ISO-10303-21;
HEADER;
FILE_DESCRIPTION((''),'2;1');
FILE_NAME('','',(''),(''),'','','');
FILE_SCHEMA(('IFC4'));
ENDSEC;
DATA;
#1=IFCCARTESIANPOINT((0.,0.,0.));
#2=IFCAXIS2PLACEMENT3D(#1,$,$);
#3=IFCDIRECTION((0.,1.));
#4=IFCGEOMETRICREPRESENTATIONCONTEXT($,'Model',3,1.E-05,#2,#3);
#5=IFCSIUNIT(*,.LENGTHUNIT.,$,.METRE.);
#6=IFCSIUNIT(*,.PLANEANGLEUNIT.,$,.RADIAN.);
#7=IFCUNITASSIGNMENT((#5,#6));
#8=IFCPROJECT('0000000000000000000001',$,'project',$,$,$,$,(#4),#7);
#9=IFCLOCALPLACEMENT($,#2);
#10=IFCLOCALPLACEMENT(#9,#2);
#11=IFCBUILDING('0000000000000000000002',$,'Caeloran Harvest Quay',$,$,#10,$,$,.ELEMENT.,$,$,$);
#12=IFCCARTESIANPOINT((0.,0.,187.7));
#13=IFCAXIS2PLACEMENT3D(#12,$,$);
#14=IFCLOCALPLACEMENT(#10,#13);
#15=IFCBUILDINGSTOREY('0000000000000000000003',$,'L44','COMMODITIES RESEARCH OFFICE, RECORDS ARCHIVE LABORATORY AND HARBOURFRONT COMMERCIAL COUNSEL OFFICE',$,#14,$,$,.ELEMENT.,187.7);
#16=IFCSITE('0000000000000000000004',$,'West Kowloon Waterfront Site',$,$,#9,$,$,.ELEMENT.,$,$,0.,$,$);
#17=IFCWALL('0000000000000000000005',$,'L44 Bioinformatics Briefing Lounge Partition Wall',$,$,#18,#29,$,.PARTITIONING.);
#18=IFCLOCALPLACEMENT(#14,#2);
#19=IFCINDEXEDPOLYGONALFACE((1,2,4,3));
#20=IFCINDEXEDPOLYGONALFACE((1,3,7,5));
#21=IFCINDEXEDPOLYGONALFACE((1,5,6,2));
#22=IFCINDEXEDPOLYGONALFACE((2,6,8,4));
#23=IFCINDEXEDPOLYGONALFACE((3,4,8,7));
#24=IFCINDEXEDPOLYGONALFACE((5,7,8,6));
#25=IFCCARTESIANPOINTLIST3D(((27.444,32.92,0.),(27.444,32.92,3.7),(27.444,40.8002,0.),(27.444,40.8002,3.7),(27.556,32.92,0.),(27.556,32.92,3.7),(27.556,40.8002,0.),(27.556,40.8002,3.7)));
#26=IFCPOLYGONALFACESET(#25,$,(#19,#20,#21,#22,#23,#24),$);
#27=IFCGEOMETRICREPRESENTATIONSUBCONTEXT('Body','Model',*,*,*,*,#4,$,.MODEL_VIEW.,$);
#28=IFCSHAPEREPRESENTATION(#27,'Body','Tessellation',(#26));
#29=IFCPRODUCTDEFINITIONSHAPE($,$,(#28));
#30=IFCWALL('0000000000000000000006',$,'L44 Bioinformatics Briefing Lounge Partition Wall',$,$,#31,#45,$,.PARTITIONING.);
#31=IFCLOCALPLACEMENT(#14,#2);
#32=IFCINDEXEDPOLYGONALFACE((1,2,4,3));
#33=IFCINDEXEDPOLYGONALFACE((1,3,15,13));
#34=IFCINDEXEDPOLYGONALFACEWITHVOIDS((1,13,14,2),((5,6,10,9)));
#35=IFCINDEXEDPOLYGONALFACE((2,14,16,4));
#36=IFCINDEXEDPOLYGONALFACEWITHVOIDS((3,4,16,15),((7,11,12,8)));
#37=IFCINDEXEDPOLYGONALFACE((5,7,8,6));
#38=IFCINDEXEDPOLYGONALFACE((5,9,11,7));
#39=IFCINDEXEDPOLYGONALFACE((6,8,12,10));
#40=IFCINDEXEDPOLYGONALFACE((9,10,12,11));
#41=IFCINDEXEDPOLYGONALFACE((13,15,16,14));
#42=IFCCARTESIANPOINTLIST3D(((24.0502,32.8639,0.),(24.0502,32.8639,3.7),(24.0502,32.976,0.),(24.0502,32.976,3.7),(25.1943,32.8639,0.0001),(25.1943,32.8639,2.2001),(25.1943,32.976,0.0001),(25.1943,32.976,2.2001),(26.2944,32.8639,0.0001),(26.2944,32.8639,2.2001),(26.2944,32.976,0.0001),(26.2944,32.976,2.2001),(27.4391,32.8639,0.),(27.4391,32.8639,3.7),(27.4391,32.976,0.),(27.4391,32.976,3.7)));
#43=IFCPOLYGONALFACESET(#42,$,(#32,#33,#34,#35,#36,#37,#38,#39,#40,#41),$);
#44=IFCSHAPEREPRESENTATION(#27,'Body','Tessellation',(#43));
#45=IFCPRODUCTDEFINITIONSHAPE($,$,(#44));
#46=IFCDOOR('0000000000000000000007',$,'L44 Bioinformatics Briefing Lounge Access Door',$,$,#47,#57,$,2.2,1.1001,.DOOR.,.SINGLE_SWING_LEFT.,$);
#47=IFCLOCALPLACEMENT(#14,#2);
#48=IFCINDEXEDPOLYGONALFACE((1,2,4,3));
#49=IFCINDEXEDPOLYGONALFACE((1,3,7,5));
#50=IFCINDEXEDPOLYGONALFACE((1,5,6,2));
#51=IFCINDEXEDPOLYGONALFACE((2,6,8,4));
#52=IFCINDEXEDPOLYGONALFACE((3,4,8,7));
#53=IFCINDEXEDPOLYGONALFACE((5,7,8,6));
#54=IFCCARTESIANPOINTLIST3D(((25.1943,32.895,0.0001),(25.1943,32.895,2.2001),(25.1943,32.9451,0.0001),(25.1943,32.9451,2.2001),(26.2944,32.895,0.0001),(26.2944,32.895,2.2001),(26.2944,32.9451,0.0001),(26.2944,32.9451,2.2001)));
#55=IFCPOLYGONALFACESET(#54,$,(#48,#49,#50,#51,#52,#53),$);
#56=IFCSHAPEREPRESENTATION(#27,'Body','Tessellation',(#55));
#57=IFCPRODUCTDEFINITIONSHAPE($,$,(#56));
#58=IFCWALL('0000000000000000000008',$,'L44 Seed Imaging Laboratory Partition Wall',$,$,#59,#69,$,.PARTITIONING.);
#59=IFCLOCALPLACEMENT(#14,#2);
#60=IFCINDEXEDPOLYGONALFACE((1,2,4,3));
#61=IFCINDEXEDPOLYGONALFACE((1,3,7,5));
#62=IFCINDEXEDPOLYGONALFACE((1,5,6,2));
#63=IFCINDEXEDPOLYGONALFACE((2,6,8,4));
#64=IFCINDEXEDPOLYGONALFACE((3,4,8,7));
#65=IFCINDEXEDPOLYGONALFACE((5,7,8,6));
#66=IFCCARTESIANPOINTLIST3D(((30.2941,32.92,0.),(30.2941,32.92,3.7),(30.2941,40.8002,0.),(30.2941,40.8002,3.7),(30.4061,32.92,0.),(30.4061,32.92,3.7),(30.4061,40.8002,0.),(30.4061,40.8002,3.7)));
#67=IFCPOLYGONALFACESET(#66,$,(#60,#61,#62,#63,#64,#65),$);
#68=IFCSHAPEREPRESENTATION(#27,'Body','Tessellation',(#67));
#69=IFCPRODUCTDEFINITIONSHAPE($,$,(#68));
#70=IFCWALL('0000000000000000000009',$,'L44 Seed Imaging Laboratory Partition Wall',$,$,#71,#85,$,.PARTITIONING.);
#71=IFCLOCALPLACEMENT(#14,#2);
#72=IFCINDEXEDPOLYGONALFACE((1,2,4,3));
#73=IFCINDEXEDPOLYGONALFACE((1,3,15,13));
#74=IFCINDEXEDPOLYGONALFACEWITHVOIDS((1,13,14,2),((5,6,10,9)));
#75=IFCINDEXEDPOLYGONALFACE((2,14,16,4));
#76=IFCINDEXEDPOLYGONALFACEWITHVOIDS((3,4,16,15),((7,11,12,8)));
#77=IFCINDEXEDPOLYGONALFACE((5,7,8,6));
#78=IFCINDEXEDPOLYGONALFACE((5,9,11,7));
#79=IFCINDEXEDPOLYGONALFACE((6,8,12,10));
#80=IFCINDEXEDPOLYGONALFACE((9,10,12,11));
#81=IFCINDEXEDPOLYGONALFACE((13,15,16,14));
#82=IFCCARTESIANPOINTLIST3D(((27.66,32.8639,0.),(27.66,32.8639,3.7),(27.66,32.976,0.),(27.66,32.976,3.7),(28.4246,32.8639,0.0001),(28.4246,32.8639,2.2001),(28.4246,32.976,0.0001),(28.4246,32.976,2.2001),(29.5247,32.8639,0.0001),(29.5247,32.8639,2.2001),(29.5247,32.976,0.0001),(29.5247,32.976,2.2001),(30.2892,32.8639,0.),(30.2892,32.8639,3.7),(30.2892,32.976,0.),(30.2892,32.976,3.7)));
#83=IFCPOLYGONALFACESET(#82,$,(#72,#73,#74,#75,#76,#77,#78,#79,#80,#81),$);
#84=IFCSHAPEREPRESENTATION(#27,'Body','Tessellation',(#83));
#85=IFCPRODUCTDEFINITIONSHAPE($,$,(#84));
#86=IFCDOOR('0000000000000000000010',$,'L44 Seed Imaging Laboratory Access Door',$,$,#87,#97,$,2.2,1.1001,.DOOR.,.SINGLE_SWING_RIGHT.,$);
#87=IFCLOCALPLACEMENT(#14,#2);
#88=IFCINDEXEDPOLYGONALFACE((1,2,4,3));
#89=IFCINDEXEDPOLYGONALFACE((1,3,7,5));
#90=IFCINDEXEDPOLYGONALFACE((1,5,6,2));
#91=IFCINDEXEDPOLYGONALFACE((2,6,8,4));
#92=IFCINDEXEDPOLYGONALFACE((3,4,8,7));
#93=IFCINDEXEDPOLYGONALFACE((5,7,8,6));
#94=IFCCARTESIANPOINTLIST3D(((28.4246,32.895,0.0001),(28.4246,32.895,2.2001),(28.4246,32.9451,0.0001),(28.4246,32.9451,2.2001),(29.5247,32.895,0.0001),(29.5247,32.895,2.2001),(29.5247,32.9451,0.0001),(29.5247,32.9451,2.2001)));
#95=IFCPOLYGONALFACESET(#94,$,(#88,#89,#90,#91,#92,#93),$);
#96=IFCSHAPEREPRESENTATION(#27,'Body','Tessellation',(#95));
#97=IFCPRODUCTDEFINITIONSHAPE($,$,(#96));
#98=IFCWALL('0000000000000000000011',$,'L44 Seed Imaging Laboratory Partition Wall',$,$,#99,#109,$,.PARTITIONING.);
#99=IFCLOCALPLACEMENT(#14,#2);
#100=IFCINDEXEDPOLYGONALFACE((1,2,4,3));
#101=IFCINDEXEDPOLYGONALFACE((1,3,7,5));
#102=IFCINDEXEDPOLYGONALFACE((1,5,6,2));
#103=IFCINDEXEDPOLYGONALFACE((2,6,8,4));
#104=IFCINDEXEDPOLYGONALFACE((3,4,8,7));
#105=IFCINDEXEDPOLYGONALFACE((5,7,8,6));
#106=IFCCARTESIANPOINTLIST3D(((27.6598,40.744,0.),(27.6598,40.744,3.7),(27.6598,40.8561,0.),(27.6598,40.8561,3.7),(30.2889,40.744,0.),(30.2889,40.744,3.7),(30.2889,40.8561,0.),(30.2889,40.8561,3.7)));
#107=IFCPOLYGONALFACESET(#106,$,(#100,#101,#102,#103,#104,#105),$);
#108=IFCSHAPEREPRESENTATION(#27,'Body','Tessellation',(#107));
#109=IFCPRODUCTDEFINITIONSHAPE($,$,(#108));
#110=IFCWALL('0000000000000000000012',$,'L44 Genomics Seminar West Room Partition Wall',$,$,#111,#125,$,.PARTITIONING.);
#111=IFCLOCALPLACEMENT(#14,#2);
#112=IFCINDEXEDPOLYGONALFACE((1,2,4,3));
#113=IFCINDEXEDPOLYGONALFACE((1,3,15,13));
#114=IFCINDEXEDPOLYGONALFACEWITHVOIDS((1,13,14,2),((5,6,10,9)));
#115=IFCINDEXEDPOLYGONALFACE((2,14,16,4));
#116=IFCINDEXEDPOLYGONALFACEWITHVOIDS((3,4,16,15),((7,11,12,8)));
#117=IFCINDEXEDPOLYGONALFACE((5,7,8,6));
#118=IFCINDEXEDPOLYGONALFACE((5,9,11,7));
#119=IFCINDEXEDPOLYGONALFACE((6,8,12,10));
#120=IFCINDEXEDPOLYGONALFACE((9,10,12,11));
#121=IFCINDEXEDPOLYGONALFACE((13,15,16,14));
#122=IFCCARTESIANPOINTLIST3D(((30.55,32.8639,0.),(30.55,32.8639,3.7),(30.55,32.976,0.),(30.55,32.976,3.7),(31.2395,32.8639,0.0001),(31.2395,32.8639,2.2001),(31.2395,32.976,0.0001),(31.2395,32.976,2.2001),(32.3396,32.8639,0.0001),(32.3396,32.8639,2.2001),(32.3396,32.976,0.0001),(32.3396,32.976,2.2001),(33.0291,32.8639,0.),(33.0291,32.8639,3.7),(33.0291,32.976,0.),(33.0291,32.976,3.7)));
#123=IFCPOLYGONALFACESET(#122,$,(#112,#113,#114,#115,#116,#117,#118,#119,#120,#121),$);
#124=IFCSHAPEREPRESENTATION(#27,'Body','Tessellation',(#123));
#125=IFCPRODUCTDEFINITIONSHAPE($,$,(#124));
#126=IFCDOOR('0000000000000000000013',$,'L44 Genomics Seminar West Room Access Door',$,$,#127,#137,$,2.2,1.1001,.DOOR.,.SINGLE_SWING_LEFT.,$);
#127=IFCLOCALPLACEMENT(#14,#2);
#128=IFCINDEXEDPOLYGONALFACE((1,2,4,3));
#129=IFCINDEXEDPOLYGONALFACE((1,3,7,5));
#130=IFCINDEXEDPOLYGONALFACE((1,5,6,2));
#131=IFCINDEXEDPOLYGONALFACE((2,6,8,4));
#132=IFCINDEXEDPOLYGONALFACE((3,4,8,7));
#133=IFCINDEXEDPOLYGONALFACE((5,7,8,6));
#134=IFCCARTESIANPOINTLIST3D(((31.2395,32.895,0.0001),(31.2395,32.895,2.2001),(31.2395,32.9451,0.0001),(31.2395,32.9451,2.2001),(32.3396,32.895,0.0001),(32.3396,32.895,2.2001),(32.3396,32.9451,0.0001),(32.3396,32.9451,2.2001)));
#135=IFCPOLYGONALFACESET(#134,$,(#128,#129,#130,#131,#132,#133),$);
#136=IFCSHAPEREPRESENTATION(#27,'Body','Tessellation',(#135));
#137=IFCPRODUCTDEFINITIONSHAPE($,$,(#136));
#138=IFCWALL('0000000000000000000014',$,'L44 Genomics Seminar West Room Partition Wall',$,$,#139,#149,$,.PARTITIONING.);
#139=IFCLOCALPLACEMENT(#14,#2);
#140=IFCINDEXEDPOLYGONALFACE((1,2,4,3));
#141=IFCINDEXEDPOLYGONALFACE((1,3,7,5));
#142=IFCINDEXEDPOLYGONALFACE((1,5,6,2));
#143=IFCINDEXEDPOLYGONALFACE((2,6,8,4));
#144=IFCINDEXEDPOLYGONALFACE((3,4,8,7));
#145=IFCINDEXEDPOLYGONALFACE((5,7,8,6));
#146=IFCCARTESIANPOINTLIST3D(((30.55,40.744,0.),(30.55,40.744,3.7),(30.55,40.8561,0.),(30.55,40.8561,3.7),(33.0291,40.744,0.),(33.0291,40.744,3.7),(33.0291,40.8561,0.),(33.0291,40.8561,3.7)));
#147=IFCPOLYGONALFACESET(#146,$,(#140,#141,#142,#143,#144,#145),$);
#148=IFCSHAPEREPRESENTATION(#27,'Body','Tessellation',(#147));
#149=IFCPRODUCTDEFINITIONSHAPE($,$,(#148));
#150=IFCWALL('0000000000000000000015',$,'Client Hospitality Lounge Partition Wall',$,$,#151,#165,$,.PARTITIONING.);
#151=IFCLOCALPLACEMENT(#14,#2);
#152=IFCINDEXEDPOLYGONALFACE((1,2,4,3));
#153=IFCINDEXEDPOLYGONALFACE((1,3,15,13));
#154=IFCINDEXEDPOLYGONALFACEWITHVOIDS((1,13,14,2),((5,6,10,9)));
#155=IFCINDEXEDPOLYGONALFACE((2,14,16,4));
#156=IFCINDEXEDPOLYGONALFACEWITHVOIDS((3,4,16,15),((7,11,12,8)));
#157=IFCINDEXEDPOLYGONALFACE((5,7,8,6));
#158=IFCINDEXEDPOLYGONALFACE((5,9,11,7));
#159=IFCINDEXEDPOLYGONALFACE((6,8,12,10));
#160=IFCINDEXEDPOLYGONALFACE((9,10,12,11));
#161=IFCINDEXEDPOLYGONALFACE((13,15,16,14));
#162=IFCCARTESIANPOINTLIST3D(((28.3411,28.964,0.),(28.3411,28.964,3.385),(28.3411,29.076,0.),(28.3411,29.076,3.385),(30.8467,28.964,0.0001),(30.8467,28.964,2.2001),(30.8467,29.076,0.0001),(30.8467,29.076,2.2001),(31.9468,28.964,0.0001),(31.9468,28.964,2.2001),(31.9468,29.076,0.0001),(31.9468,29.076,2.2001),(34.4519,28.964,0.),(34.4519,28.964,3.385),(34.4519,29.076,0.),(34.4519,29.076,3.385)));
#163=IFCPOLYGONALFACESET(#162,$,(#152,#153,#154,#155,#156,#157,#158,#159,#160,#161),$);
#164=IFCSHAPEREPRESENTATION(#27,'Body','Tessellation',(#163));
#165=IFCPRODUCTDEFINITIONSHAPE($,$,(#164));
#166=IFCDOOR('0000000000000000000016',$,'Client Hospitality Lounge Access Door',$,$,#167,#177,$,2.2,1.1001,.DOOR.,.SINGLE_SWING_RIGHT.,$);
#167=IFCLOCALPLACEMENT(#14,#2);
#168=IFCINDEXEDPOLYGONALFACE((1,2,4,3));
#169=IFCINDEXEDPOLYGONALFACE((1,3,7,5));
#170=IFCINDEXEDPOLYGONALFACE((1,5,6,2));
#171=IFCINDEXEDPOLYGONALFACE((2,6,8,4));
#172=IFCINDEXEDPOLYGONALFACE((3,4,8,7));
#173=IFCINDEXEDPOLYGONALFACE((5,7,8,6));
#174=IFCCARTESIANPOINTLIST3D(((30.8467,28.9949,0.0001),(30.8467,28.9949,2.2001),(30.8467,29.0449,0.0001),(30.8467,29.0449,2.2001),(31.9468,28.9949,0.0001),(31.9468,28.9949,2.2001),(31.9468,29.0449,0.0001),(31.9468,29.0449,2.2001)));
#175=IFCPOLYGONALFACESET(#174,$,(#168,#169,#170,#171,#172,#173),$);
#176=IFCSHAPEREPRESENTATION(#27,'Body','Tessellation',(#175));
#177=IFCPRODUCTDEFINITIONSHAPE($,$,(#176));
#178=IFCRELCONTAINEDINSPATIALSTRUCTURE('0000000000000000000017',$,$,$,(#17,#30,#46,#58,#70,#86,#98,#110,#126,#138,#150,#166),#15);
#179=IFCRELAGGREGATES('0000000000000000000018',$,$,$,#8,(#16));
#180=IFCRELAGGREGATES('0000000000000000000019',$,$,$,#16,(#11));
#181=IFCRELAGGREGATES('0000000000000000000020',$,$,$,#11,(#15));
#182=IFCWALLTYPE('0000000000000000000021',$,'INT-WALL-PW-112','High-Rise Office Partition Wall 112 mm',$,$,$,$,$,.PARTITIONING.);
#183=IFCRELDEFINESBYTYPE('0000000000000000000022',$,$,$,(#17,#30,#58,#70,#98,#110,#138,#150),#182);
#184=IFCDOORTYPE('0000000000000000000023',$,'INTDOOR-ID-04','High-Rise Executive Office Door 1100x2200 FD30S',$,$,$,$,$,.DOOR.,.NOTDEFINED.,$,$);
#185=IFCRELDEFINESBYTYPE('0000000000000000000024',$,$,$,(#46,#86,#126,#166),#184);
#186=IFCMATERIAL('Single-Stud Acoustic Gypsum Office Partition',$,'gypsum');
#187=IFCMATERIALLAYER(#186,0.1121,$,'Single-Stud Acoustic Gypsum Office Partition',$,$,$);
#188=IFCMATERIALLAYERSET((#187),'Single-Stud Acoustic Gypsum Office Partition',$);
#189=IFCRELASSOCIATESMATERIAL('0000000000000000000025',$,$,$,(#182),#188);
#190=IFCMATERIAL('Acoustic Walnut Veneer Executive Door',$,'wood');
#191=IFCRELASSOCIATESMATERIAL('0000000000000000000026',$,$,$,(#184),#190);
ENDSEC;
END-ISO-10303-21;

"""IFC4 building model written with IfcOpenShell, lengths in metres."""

from ifc_helpers import new_model, si_unit, direction, frame, frame_2d, origin, place, context, subcontext, project, spatial, rectangle, extrude, material, layer, layer_set, type_object, element, fill, save


model = new_model("IFC4")

# Units and contexts
model_context = context("Model", 3, precision=1e-05, world=origin(), true_north=direction((0.0, 1.0)))
body_context = subcontext(model_context, "Body", "Model", "MODEL_VIEW")
ifc_project = project(units=[si_unit("LENGTHUNIT", "METRE"), si_unit("PLANEANGLEUNIT", "RADIAN")], contexts=[model_context])

# Site, building, storey
site_placement = place(None, origin())
site = spatial("IfcSite", under=ifc_project, at=site_placement, Name="West Kowloon Waterfront Site", CompositionType="ELEMENT", RefElevation=0.0)
building_placement = place(site_placement, origin())
building = spatial("IfcBuilding", under=site, at=building_placement, Name="Caeloran Harvest Quay", CompositionType="ELEMENT")
storey_placement = place(building_placement, frame((0.0, 0.0, 187.7)))
storey = spatial("IfcBuildingStorey", under=building, at=storey_placement, Name="L44", Description="COMMODITIES RESEARCH OFFICE, RECORDS ARCHIVE LABORATORY AND HARBOURFRONT COMMERCIAL COUNSEL OFFICE", CompositionType="ELEMENT", Elevation=187.7)

# Wall
ifc_material_1 = material(Name="Single-Stud Acoustic Gypsum Office Partition", Category="gypsum")
ifc_layer = layer(ifc_material_1, 0.1121, Name="Single-Stud Acoustic Gypsum Office Partition")
ifc_layer_set = layer_set([ifc_layer], Name="Single-Stud Acoustic Gypsum Office Partition")
wall_type = type_object("IfcWallType", Name="INT-WALL-PW-112", Description="High-Rise Office Partition Wall 112 mm", PredefinedType="PARTITIONING", material=ifc_layer_set)
wall_1_placement = place(storey_placement, frame((27.5, 40.8, 0.0), z_axis=(0.0, 0.0, 1.0), x_axis=(0.0, -1.0, 0.0)))
element("IfcWall", 1, at=wall_1_placement, inside=storey, type_object=wall_type, Name="L44 Bioinformatics Briefing Lounge Partition Wall", PredefinedType="PARTITIONING", context=body_context, shape_type="SweptSolid", body=[
    extrude(rectangle(XDim=7.8801, YDim=0.1121, at=frame_2d((3.9399, 0.0))), origin(), (0.0, 0.0, 1.0), 3.7),
])

# Wall, opening, door
wall_2_placement = place(storey_placement, frame((27.439, 32.9199, 0.0), z_axis=(0.0, 0.0, 1.0), x_axis=(-1.0, 0.0, 0.0)))
wall_2 = element("IfcWall", 2, at=wall_2_placement, inside=storey, type_object=wall_type, Name="L44 Bioinformatics Briefing Lounge Partition Wall", PredefinedType="PARTITIONING", context=body_context, shape_type="SweptSolid", body=[
    extrude(rectangle(XDim=3.3889, YDim=0.1121, at=frame_2d((1.6943, 0.0))), origin(), (0.0, 0.0, 1.0), 3.7),
])
opening_1_placement = place(wall_2_placement, frame((1.1445, 0.0, 0.0)))
opening_1 = element("IfcOpeningElement", 3, at=opening_1_placement, cuts=wall_2, PredefinedType="OPENING", context=body_context, shape_type="SweptSolid", body=[
    extrude(rectangle(XDim=1.1001, YDim=2.2, at=frame_2d((0.55, 1.1001))), frame((0.0, 0.0659, 0.0), z_axis=(0.0, -1.0, 0.0), x_axis=(1.0, 0.0, 0.0)), (0.0, 0.0, 1.0), 0.1321),
])
ifc_material_2 = material(Name="Acoustic Walnut Veneer Executive Door", Category="wood")
door_type = type_object("IfcDoorType", Name="INTDOOR-ID-04", Description="High-Rise Executive Office Door 1100x2200 FD30S", OperationType="NOTDEFINED", PredefinedType="DOOR", material=ifc_material_2)
door_1_placement = place(opening_1_placement, origin())
door_1 = element("IfcDoor", 4, at=door_1_placement, inside=storey, type_object=door_type, Name="L44 Bioinformatics Briefing Lounge Access Door", OperationType="SINGLE_SWING_LEFT", OverallHeight=2.2, OverallWidth=1.1001, PredefinedType="DOOR", context=body_context, shape_type="SweptSolid", body=[
    extrude(rectangle(XDim=1.1001, YDim=2.2, at=frame_2d((0.55, 1.1001))), frame((0.0, 0.0249, 0.0), z_axis=(0.0, -1.0, 0.0), x_axis=(1.0, 0.0, 0.0)), (0.0, 0.0, 1.0), 0.05),
])
fill(opening_1, door_1)

# Wall
wall_3_placement = place(storey_placement, frame((30.3501, 40.8, 0.0), z_axis=(0.0, 0.0, 1.0), x_axis=(0.0, -1.0, 0.0)))
element("IfcWall", 5, at=wall_3_placement, inside=storey, type_object=wall_type, Name="L44 Seed Imaging Laboratory Partition Wall", PredefinedType="PARTITIONING", context=body_context, shape_type="SweptSolid", body=[
    extrude(rectangle(XDim=7.8801, YDim=0.1121, at=frame_2d((3.9399, 0.0))), origin(), (0.0, 0.0, 1.0), 3.7),
])

# Wall, opening, door
wall_4_placement = place(storey_placement, frame((30.2891, 32.9199, 0.0), z_axis=(0.0, 0.0, 1.0), x_axis=(-1.0, 0.0, 0.0)))
wall_4 = element("IfcWall", 6, at=wall_4_placement, inside=storey, type_object=wall_type, Name="L44 Seed Imaging Laboratory Partition Wall", PredefinedType="PARTITIONING", context=body_context, shape_type="SweptSolid", body=[
    extrude(rectangle(XDim=2.6292, YDim=0.1121, at=frame_2d((1.3145, 0.0))), origin(), (0.0, 0.0, 1.0), 3.7),
])
opening_2_placement = place(wall_4_placement, frame((0.7644, 0.0, 0.0)))
opening_2 = element("IfcOpeningElement", 7, at=opening_2_placement, cuts=wall_4, PredefinedType="OPENING", context=body_context, shape_type="SweptSolid", body=[
    extrude(rectangle(XDim=1.1001, YDim=2.2, at=frame_2d((0.55, 1.1001))), frame((0.0, 0.0659, 0.0), z_axis=(0.0, -1.0, 0.0), x_axis=(1.0, 0.0, 0.0)), (0.0, 0.0, 1.0), 0.1321),
])
door_2_placement = place(opening_2_placement, origin())
door_2 = element("IfcDoor", 8, at=door_2_placement, inside=storey, type_object=door_type, Name="L44 Seed Imaging Laboratory Access Door", OperationType="SINGLE_SWING_RIGHT", OverallHeight=2.2, OverallWidth=1.1001, PredefinedType="DOOR", context=body_context, shape_type="SweptSolid", body=[
    extrude(rectangle(XDim=1.1001, YDim=2.2, at=frame_2d((0.55, 1.1001))), frame((0.0, 0.0249, 0.0), z_axis=(0.0, -1.0, 0.0), x_axis=(1.0, 0.0, 0.0)), (0.0, 0.0, 1.0), 0.05),
])
fill(opening_2, door_2)

# Wall
wall_5_placement = place(storey_placement, frame((27.6599, 40.8, 0.0), z_axis=(0.0, 0.0, 1.0), x_axis=(1.0, 0.0, 0.0)))
element("IfcWall", 9, at=wall_5_placement, inside=storey, type_object=wall_type, Name="L44 Seed Imaging Laboratory Partition Wall", PredefinedType="PARTITIONING", context=body_context, shape_type="SweptSolid", body=[
    extrude(rectangle(XDim=2.6292, YDim=0.1121, at=frame_2d((1.3145, 0.0))), origin(), (0.0, 0.0, 1.0), 3.7),
])

# Wall, opening, door
wall_6_placement = place(storey_placement, frame((33.0291, 32.9199, 0.0), z_axis=(0.0, 0.0, 1.0), x_axis=(-1.0, 0.0, 0.0)))
wall_6 = element("IfcWall", 10, at=wall_6_placement, inside=storey, type_object=wall_type, Name="L44 Genomics Seminar West Room Partition Wall", PredefinedType="PARTITIONING", context=body_context, shape_type="SweptSolid", body=[
    extrude(rectangle(XDim=2.479, YDim=0.1121, at=frame_2d((1.2395, 0.0))), origin(), (0.0, 0.0, 1.0), 3.7),
])
opening_3_placement = place(wall_6_placement, frame((0.6895, 0.0, 0.0)))
opening_3 = element("IfcOpeningElement", 11, at=opening_3_placement, cuts=wall_6, PredefinedType="OPENING", context=body_context, shape_type="SweptSolid", body=[
    extrude(rectangle(XDim=1.1001, YDim=2.2, at=frame_2d((0.55, 1.1001))), frame((0.0, 0.0659, 0.0), z_axis=(0.0, -1.0, 0.0), x_axis=(1.0, 0.0, 0.0)), (0.0, 0.0, 1.0), 0.1321),
])
door_3_placement = place(opening_3_placement, origin())
door_3 = element("IfcDoor", 12, at=door_3_placement, inside=storey, type_object=door_type, Name="L44 Genomics Seminar West Room Access Door", OperationType="SINGLE_SWING_LEFT", OverallHeight=2.2, OverallWidth=1.1001, PredefinedType="DOOR", context=body_context, shape_type="SweptSolid", body=[
    extrude(rectangle(XDim=1.1001, YDim=2.2, at=frame_2d((0.55, 1.1001))), frame((0.0, 0.0249, 0.0), z_axis=(0.0, -1.0, 0.0), x_axis=(1.0, 0.0, 0.0)), (0.0, 0.0, 1.0), 0.05),
])
fill(opening_3, door_3)

# Wall
wall_7_placement = place(storey_placement, frame((30.55, 40.8, 0.0), z_axis=(0.0, 0.0, 1.0), x_axis=(1.0, 0.0, 0.0)))
element("IfcWall", 13, at=wall_7_placement, inside=storey, type_object=wall_type, Name="L44 Genomics Seminar West Room Partition Wall", PredefinedType="PARTITIONING", context=body_context, shape_type="SweptSolid", body=[
    extrude(rectangle(XDim=2.479, YDim=0.1121, at=frame_2d((1.2395, 0.0))), origin(), (0.0, 0.0, 1.0), 3.7),
])

# Wall, opening, door
wall_8_placement = place(storey_placement, frame((28.3411, 29.02, 0.0), z_axis=(0.0, 0.0, 1.0), x_axis=(1.0, 0.0, 0.0)))
wall_8 = element("IfcWall", 14, at=wall_8_placement, inside=storey, type_object=wall_type, Name="Client Hospitality Lounge Partition Wall", PredefinedType="PARTITIONING", context=body_context, shape_type="SweptSolid", body=[
    extrude(rectangle(XDim=6.1108, YDim=0.1121, at=frame_2d((3.0554, 0.0))), origin(), (0.0, 0.0, 1.0), 3.385),
])
opening_4_placement = place(wall_8_placement, frame((2.5056, 0.0, 0.0)))
opening_4 = element("IfcOpeningElement", 15, at=opening_4_placement, cuts=wall_8, PredefinedType="OPENING", context=body_context, shape_type="SweptSolid", body=[
    extrude(rectangle(XDim=1.1001, YDim=2.2, at=frame_2d((0.55, 1.1001))), frame((0.0, 0.0659, 0.0), z_axis=(0.0, -1.0, 0.0), x_axis=(1.0, 0.0, 0.0)), (0.0, 0.0, 1.0), 0.1321),
])
door_4_placement = place(opening_4_placement, origin())
door_4 = element("IfcDoor", 16, at=door_4_placement, inside=storey, type_object=door_type, Name="Client Hospitality Lounge Access Door", OperationType="SINGLE_SWING_RIGHT", OverallHeight=2.2, OverallWidth=1.1001, PredefinedType="DOOR", context=body_context, shape_type="SweptSolid", body=[
    extrude(rectangle(XDim=1.1001, YDim=2.2, at=frame_2d((0.55, 1.1001))), frame((0.0, 0.0249, 0.0), z_axis=(0.0, -1.0, 0.0), x_axis=(1.0, 0.0, 0.0)), (0.0, 0.0, 1.0), 0.05),
])
fill(opening_4, door_4)

save(model, "model.ifc")
